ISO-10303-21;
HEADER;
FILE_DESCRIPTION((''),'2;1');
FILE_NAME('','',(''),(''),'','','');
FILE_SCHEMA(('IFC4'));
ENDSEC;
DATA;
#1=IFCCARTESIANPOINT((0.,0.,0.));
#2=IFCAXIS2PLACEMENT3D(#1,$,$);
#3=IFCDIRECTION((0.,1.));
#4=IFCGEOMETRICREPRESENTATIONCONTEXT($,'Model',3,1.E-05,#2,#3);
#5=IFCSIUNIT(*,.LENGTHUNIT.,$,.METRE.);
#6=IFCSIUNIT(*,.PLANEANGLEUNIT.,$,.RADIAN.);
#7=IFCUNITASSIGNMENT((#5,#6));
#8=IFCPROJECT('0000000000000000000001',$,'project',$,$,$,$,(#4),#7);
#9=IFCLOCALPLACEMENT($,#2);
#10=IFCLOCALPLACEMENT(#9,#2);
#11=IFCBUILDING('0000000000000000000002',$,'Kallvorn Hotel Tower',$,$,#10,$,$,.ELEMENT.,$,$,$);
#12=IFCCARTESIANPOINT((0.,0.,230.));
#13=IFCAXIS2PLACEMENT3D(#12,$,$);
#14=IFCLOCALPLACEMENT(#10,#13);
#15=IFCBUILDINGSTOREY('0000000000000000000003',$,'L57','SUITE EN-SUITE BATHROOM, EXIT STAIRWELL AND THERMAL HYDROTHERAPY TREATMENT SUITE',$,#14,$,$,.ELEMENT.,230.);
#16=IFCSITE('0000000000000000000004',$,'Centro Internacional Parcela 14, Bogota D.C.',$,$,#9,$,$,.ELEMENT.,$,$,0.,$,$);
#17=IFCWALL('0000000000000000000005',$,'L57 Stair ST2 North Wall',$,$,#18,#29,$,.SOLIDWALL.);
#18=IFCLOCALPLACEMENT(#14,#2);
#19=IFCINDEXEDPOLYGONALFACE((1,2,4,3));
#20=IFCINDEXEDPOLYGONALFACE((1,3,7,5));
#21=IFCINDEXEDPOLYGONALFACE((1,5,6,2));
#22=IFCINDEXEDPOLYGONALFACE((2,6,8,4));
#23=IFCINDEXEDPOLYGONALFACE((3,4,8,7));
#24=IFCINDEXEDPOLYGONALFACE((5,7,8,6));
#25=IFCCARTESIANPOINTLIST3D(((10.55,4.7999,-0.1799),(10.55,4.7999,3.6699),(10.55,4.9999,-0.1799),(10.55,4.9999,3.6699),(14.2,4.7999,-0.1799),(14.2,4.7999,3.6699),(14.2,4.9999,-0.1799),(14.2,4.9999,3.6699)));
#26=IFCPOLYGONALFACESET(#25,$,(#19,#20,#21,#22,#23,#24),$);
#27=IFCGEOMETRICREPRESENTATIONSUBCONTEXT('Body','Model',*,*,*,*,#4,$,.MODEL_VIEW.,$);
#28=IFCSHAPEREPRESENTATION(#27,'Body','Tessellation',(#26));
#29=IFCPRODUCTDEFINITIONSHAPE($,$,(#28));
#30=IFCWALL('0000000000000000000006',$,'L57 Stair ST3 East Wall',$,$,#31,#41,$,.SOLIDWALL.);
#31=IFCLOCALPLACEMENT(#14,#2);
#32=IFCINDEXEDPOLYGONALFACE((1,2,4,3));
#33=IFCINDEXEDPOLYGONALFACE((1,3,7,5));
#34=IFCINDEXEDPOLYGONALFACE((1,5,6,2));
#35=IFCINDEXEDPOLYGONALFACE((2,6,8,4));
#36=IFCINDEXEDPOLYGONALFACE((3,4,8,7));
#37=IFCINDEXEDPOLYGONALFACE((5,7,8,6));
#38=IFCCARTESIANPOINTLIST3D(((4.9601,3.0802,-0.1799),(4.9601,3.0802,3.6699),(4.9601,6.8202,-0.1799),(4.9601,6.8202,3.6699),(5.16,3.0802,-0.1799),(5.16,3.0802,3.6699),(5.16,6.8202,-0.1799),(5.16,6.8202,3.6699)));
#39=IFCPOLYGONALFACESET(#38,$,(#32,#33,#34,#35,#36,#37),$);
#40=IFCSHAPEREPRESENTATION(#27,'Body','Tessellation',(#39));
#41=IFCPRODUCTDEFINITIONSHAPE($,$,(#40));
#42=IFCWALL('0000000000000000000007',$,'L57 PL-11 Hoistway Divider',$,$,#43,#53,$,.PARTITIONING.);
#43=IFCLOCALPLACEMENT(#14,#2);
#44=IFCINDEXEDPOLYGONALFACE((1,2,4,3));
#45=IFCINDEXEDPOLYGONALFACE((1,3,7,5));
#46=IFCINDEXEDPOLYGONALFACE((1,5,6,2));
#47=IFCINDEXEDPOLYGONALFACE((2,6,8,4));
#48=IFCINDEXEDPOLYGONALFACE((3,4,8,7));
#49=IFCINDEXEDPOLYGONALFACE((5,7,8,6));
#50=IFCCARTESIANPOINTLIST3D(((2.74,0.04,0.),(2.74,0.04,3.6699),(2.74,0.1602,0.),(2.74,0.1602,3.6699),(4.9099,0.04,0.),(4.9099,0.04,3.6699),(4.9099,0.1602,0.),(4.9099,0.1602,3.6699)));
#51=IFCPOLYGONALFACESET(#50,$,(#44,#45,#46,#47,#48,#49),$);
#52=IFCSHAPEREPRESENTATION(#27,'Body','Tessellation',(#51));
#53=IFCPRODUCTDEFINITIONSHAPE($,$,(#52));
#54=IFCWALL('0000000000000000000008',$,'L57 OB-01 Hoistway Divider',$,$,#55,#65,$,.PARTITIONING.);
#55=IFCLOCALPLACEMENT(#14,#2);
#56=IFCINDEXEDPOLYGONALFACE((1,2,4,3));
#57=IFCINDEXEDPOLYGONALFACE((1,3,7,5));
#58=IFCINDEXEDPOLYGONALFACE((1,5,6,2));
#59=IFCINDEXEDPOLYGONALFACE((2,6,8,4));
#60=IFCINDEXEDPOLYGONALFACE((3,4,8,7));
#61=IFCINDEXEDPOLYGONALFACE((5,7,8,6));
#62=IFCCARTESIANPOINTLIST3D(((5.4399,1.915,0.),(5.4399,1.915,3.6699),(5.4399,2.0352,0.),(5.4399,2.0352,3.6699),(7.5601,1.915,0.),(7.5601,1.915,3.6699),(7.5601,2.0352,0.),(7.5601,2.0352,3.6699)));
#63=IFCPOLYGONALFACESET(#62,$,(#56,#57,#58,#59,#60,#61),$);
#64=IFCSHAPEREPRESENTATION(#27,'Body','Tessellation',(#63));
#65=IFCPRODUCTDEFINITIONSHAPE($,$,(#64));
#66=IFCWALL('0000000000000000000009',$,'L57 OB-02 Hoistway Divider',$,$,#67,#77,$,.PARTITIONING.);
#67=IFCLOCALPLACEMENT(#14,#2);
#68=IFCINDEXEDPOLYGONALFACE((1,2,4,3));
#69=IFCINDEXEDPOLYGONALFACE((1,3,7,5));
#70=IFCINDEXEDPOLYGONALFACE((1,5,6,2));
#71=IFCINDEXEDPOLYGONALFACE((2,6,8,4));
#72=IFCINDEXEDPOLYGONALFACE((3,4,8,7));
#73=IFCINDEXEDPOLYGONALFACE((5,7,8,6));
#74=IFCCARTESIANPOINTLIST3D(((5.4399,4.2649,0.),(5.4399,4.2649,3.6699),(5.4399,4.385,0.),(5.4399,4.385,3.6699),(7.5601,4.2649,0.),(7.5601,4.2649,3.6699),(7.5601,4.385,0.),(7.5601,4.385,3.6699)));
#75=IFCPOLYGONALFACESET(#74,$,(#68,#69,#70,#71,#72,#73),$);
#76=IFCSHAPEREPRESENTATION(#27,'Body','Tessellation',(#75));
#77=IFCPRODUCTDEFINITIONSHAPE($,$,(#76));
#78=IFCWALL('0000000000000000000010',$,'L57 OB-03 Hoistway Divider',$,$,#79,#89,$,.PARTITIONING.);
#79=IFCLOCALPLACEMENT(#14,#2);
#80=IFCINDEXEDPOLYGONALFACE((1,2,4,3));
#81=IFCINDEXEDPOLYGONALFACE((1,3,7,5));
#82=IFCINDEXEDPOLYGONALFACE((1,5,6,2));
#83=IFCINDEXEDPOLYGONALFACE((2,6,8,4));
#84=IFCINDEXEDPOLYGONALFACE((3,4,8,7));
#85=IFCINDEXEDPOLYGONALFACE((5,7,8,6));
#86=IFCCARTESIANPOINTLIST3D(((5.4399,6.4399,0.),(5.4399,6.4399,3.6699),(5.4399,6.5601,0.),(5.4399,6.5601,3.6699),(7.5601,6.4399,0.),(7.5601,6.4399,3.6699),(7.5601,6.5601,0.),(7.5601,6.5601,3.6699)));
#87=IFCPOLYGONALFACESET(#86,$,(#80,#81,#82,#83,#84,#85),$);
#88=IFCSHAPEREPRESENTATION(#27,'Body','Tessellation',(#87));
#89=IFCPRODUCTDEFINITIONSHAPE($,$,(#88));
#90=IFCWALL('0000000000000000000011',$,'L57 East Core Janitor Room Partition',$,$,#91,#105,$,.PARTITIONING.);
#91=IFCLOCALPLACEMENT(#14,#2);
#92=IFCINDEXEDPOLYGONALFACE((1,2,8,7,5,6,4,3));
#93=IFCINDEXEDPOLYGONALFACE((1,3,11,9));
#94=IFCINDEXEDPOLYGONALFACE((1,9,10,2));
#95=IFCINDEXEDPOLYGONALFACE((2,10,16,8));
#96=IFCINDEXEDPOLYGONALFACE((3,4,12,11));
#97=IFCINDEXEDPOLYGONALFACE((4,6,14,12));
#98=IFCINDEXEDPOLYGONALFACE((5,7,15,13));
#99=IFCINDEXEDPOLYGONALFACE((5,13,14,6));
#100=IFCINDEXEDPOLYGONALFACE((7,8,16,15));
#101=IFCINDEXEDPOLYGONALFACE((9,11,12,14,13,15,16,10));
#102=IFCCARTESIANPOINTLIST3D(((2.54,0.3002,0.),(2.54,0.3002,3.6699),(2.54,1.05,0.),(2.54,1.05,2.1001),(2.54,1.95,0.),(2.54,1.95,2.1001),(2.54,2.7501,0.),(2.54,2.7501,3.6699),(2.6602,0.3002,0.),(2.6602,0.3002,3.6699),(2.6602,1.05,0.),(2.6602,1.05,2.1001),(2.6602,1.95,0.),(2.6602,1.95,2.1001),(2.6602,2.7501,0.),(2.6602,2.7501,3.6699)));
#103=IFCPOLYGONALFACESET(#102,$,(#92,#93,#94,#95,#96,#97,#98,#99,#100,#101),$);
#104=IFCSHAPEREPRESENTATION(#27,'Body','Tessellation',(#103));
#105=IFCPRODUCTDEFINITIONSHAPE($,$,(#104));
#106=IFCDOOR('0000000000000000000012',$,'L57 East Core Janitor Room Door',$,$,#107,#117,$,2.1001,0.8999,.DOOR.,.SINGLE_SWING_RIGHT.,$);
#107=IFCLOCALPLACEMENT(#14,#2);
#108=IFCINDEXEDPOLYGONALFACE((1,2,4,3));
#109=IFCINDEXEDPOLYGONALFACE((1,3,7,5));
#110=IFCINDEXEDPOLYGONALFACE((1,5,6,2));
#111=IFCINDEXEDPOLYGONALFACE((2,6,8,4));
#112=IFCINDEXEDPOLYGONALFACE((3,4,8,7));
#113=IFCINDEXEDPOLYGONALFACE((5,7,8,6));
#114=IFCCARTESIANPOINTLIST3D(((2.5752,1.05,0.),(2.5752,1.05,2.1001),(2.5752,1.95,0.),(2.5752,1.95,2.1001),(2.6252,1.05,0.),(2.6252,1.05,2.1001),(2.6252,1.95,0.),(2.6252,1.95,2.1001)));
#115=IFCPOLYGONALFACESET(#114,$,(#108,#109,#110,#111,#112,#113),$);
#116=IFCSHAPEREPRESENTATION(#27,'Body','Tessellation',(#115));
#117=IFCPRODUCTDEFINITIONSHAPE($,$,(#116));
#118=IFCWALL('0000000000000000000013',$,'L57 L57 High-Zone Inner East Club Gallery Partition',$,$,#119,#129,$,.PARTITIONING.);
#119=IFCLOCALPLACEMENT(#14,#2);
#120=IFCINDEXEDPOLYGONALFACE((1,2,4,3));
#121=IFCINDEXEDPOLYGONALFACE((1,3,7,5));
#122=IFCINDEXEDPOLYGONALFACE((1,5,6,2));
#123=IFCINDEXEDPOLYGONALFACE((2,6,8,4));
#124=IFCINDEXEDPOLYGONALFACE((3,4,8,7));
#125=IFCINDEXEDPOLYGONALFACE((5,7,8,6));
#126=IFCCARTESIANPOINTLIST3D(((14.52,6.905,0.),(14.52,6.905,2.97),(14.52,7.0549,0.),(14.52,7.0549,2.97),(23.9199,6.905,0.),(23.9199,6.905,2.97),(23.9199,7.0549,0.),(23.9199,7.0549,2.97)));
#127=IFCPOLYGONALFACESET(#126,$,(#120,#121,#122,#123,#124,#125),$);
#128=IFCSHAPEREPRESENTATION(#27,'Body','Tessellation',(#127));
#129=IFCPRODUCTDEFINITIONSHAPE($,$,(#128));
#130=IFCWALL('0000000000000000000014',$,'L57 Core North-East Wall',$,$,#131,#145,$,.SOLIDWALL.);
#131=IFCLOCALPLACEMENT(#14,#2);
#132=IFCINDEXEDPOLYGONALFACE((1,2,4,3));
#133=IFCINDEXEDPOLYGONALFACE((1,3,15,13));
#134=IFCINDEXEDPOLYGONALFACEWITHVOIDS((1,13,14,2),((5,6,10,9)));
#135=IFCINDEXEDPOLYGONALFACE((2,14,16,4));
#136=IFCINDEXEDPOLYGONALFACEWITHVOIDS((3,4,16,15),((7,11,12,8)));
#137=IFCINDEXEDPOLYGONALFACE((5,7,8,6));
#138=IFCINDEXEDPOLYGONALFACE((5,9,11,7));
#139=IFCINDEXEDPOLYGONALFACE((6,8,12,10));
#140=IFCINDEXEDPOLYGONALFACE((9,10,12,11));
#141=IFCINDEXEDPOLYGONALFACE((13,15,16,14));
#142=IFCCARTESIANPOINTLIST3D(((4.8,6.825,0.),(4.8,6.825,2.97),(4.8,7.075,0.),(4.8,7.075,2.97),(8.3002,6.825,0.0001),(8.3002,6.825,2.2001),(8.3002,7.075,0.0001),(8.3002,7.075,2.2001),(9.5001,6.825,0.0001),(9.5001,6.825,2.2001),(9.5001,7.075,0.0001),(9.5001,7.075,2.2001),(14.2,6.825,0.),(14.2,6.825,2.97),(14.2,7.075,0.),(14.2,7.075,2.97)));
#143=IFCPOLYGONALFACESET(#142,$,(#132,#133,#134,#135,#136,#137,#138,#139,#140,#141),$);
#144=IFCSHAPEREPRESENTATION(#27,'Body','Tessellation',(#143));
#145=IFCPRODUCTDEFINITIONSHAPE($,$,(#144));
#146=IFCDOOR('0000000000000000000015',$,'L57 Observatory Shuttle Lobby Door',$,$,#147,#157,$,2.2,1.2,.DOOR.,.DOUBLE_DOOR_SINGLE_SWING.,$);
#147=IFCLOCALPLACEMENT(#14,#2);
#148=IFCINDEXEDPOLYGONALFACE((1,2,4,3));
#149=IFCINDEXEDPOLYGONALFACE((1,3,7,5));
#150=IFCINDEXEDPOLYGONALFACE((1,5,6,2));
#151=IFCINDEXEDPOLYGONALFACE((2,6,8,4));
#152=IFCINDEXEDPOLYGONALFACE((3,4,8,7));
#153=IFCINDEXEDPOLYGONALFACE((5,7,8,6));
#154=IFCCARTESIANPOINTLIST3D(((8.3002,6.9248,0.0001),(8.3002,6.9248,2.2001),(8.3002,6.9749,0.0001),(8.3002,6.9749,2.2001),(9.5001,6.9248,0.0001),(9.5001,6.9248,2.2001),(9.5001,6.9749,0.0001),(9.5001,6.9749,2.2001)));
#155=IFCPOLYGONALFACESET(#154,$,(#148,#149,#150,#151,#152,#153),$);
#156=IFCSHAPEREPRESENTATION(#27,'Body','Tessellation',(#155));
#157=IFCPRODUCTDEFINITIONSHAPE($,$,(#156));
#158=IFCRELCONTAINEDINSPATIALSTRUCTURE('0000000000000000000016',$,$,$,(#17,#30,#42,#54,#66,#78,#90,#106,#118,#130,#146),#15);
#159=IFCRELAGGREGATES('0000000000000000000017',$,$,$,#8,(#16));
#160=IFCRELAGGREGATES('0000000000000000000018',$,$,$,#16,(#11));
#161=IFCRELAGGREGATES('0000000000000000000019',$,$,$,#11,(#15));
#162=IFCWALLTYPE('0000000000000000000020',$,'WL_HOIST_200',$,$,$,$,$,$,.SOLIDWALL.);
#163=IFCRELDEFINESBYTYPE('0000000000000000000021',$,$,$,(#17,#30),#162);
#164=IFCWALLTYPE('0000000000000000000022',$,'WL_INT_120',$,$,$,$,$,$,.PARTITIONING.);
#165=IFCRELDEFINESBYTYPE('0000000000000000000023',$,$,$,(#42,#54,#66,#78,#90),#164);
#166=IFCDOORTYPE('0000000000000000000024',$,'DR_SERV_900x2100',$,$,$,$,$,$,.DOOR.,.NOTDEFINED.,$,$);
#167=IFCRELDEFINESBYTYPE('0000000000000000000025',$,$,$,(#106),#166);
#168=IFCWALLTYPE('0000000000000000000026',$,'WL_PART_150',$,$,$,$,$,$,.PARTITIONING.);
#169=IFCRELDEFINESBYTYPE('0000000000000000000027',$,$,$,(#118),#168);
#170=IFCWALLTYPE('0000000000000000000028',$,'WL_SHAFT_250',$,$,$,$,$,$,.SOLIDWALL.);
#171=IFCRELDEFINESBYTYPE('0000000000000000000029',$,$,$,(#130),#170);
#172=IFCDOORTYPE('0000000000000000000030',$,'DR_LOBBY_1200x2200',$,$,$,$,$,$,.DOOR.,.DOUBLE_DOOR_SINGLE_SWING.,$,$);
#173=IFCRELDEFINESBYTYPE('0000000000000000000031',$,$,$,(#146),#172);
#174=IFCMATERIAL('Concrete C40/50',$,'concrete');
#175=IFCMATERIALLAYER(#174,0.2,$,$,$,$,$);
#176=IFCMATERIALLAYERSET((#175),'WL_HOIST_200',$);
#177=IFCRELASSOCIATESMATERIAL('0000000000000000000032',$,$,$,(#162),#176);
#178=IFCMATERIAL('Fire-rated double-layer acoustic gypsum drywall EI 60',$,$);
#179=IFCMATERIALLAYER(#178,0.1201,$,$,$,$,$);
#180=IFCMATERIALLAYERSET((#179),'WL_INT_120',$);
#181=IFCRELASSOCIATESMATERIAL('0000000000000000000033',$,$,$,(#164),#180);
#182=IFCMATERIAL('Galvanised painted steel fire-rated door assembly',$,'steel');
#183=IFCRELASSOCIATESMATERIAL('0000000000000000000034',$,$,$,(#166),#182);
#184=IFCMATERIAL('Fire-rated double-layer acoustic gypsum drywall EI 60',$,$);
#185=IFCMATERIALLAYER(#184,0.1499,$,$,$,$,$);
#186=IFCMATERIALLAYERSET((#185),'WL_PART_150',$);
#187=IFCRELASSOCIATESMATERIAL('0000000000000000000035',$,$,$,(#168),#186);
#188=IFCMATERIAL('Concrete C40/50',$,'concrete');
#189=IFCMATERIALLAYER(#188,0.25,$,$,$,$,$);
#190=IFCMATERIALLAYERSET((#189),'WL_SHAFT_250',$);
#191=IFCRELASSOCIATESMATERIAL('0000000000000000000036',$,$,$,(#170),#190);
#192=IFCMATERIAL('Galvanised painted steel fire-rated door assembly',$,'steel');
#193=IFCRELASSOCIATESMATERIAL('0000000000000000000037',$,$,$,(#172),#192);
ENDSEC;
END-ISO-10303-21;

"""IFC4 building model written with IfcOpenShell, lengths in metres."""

from ifc_helpers import new_model, si_unit, direction, frame, frame_2d, origin, place, context, subcontext, project, spatial, rectangle, extrude, material, layer, layer_set, type_object, element, fill, save


model = new_model("IFC4")

# Units and contexts
model_context = context("Model", 3, precision=1e-05, world=origin(), true_north=direction((0.0, 1.0)))
body_context = subcontext(model_context, "Body", "Model", "MODEL_VIEW")
ifc_project = project(units=[si_unit("LENGTHUNIT", "METRE"), si_unit("PLANEANGLEUNIT", "RADIAN")], contexts=[model_context])

# Site, building, storey
site_placement = place(None, origin())
site = spatial("IfcSite", under=ifc_project, at=site_placement, Name="Centro Internacional Parcela 14, Bogota D.C.", CompositionType="ELEMENT", RefElevation=0.0)
building_placement = place(site_placement, origin())
building = spatial("IfcBuilding", under=site, at=building_placement, Name="Kallvorn Hotel Tower", CompositionType="ELEMENT")
storey_placement = place(building_placement, frame((0.0, 0.0, 230.0)))
storey = spatial("IfcBuildingStorey", under=building, at=storey_placement, Name="L57", Description="SUITE EN-SUITE BATHROOM, EXIT STAIRWELL AND THERMAL HYDROTHERAPY TREATMENT SUITE", CompositionType="ELEMENT", Elevation=230.0)

# Walls
ifc_material_1 = material(Name="Concrete C40/50", Category="concrete")
ifc_layer_1 = layer(ifc_material_1, 0.2)
ifc_layer_set_1 = layer_set([ifc_layer_1], Name="WL_HOIST_200")
wall_type_1 = type_object("IfcWallType", Name="WL_HOIST_200", PredefinedType="SOLIDWALL", material=ifc_layer_set_1)
wall_1_placement = place(storey_placement, frame((10.55, 4.8999, -0.1799), z_axis=(0.0, 0.0, 1.0), x_axis=(1.0, 0.0, 0.0)))
element("IfcWall", 1, at=wall_1_placement, inside=storey, type_object=wall_type_1, Name="L57 Stair ST2 North Wall", PredefinedType="SOLIDWALL", context=body_context, shape_type="SweptSolid", body=[
    extrude(rectangle(XDim=3.6499, YDim=0.2, at=frame_2d((1.825, 0.0))), origin(), (0.0, 0.0, 1.0), 3.8499),
])
wall_2_placement = place(storey_placement, frame((5.0601, 3.0801, -0.1799), z_axis=(0.0, 0.0, 1.0), x_axis=(0.0, 1.0, 0.0)))
element("IfcWall", 2, at=wall_2_placement, inside=storey, type_object=wall_type_1, Name="L57 Stair ST3 East Wall", PredefinedType="SOLIDWALL", context=body_context, shape_type="SweptSolid", body=[
    extrude(rectangle(XDim=3.74, YDim=0.2, at=frame_2d((1.8701, 0.0))), origin(), (0.0, 0.0, 1.0), 3.8499),
])
ifc_material_2 = material(Name="Fire-rated double-layer acoustic gypsum drywall EI 60")
ifc_layer_2 = layer(ifc_material_2, 0.1201)
ifc_layer_set_2 = layer_set([ifc_layer_2], Name="WL_INT_120")
wall_type_2 = type_object("IfcWallType", Name="WL_INT_120", PredefinedType="PARTITIONING", material=ifc_layer_set_2)
wall_3_placement = place(storey_placement, frame((2.74, 0.1001, 0.0), z_axis=(0.0, 0.0, 1.0), x_axis=(1.0, 0.0, 0.0)))
element("IfcWall", 3, at=wall_3_placement, inside=storey, type_object=wall_type_2, Name="L57 PL-11 Hoistway Divider", PredefinedType="PARTITIONING", context=body_context, shape_type="SweptSolid", body=[
    extrude(rectangle(XDim=2.1699, YDim=0.1201, at=frame_2d((1.085, 0.0))), origin(), (0.0, 0.0, 1.0), 3.6699),
])
for number, where, z_axis, x_axis, name in (
    (4, (5.4399, 1.9751, 0.0), (0.0, 0.0, 1.0), (1.0, 0.0, 0.0), "L57 OB-01 Hoistway Divider"),
    (5, (5.4399, 4.325, 0.0), (0.0, 0.0, 1.0), (1.0, 0.0, 0.0), "L57 OB-02 Hoistway Divider"),
    (6, (5.4399, 6.5, 0.0), (0.0, 0.0, 1.0), (1.0, 0.0, 0.0), "L57 OB-03 Hoistway Divider"),
):
    element("IfcWall", number, at=place(storey_placement, frame(where, z_axis=z_axis, x_axis=x_axis)), inside=storey, type_object=wall_type_2, Name=name, PredefinedType="PARTITIONING", context=body_context, shape_type="SweptSolid", body=[
        extrude(rectangle(XDim=2.1201, YDim=0.1201, at=frame_2d((1.0601, 0.0))), origin(), (0.0, 0.0, 1.0), 3.6699),
    ])

# Wall, opening, door
wall_4_placement = place(storey_placement, frame((2.6001, 0.3, 0.0), z_axis=(0.0, 0.0, 1.0), x_axis=(0.0, 1.0, 0.0)))
wall_4 = element("IfcWall", 7, at=wall_4_placement, inside=storey, type_object=wall_type_2, Name="L57 East Core Janitor Room Partition", PredefinedType="PARTITIONING", context=body_context, shape_type="SweptSolid", body=[
    extrude(rectangle(XDim=2.45, YDim=0.1201, at=frame_2d((1.2251, 0.0))), origin(), (0.0, 0.0, 1.0), 3.6699),
])
opening_1_placement = place(wall_4_placement, frame((0.75, 0.0, 0.0)))
opening_1 = element("IfcOpeningElement", 8, at=opening_1_placement, cuts=wall_4, PredefinedType="OPENING", context=body_context, shape_type="SweptSolid", body=[
    extrude(rectangle(XDim=0.8999, YDim=2.1001, at=frame_2d((0.45, 1.05))), frame((0.0, 0.075, 0.0), z_axis=(0.0, -1.0, 0.0), x_axis=(1.0, 0.0, 0.0)), (0.0, 0.0, 1.0), 0.1501),
])
ifc_material_3 = material(Name="Galvanised painted steel fire-rated door assembly", Category="steel")
door_type_1 = type_object("IfcDoorType", Name="DR_SERV_900x2100", OperationType="NOTDEFINED", PredefinedType="DOOR", material=ifc_material_3)
door_1_placement = place(opening_1_placement, origin())
door_1 = element("IfcDoor", 9, at=door_1_placement, inside=storey, type_object=door_type_1, Name="L57 East Core Janitor Room Door", OperationType="SINGLE_SWING_RIGHT", OverallHeight=2.1001, OverallWidth=0.8999, PredefinedType="DOOR", context=body_context, shape_type="SweptSolid", body=[
    extrude(rectangle(XDim=0.8999, YDim=2.1001, at=frame_2d((0.45, 1.05))), frame((0.0, 0.0249, 0.0), z_axis=(0.0, -1.0, 0.0), x_axis=(1.0, 0.0, 0.0)), (0.0, 0.0, 1.0), 0.05),
])
fill(opening_1, door_1)

# Wall
ifc_material_4 = material(Name="Fire-rated double-layer acoustic gypsum drywall EI 60")
ifc_layer_3 = layer(ifc_material_4, 0.1499)
ifc_layer_set_3 = layer_set([ifc_layer_3], Name="WL_PART_150")
wall_type_3 = type_object("IfcWallType", Name="WL_PART_150", PredefinedType="PARTITIONING", material=ifc_layer_set_3)
wall_5_placement = place(storey_placement, frame((14.52, 6.98, 0.0), z_axis=(0.0, 0.0, 1.0), x_axis=(1.0, 0.0, 0.0)))
element("IfcWall", 10, at=wall_5_placement, inside=storey, type_object=wall_type_3, Name="L57 L57 High-Zone Inner East Club Gallery Partition", PredefinedType="PARTITIONING", context=body_context, shape_type="SweptSolid", body=[
    extrude(rectangle(XDim=9.3999, YDim=0.1499, at=frame_2d((4.7, 0.0))), origin(), (0.0, 0.0, 1.0), 2.97),
])

# Wall, opening, door
ifc_material_5 = material(Name="Concrete C40/50", Category="concrete")
ifc_layer_4 = layer(ifc_material_5, 0.25)
ifc_layer_set_4 = layer_set([ifc_layer_4], Name="WL_SHAFT_250")
wall_type_4 = type_object("IfcWallType", Name="WL_SHAFT_250", PredefinedType="SOLIDWALL", material=ifc_layer_set_4)
wall_6_placement = place(storey_placement, frame((4.8, 6.95, 0.0), z_axis=(0.0, 0.0, 1.0), x_axis=(1.0, 0.0, 0.0)))
wall_6 = element("IfcWall", 11, at=wall_6_placement, inside=storey, type_object=wall_type_4, Name="L57 Core North-East Wall", PredefinedType="SOLIDWALL", context=body_context, shape_type="SweptSolid", body=[
    extrude(rectangle(XDim=9.3999, YDim=0.25, at=frame_2d((4.7, 0.0))), origin(), (0.0, 0.0, 1.0), 2.97),
])
opening_2_placement = place(wall_6_placement, frame((3.5, 0.0, 0.0)))
opening_2 = element("IfcOpeningElement", 12, at=opening_2_placement, cuts=wall_6, PredefinedType="OPENING", context=body_context, shape_type="SweptSolid", body=[
    extrude(rectangle(XDim=1.2, YDim=2.2, at=frame_2d((0.6001, 1.1001))), frame((0.0, 0.1399, 0.0), z_axis=(0.0, -1.0, 0.0), x_axis=(1.0, 0.0, 0.0)), (0.0, 0.0, 1.0), 0.28),
])
ifc_material_6 = material(Name="Galvanised painted steel fire-rated door assembly", Category="steel")
door_type_2 = type_object("IfcDoorType", Name="DR_LOBBY_1200x2200", OperationType="DOUBLE_DOOR_SINGLE_SWING", PredefinedType="DOOR", material=ifc_material_6)
door_2_placement = place(opening_2_placement, origin())
door_2 = element("IfcDoor", 13, at=door_2_placement, inside=storey, type_object=door_type_2, Name="L57 Observatory Shuttle Lobby Door", OperationType="DOUBLE_DOOR_SINGLE_SWING", OverallHeight=2.2, OverallWidth=1.2, PredefinedType="DOOR", context=body_context, shape_type="SweptSolid", body=[
    extrude(rectangle(XDim=1.2, YDim=2.2, at=frame_2d((0.6001, 1.1001))), frame((0.0, 0.0249, 0.0), z_axis=(0.0, -1.0, 0.0), x_axis=(1.0, 0.0, 0.0)), (0.0, 0.0, 1.0), 0.05),
])
fill(opening_2, door_2)

save(model, "model.ifc")
